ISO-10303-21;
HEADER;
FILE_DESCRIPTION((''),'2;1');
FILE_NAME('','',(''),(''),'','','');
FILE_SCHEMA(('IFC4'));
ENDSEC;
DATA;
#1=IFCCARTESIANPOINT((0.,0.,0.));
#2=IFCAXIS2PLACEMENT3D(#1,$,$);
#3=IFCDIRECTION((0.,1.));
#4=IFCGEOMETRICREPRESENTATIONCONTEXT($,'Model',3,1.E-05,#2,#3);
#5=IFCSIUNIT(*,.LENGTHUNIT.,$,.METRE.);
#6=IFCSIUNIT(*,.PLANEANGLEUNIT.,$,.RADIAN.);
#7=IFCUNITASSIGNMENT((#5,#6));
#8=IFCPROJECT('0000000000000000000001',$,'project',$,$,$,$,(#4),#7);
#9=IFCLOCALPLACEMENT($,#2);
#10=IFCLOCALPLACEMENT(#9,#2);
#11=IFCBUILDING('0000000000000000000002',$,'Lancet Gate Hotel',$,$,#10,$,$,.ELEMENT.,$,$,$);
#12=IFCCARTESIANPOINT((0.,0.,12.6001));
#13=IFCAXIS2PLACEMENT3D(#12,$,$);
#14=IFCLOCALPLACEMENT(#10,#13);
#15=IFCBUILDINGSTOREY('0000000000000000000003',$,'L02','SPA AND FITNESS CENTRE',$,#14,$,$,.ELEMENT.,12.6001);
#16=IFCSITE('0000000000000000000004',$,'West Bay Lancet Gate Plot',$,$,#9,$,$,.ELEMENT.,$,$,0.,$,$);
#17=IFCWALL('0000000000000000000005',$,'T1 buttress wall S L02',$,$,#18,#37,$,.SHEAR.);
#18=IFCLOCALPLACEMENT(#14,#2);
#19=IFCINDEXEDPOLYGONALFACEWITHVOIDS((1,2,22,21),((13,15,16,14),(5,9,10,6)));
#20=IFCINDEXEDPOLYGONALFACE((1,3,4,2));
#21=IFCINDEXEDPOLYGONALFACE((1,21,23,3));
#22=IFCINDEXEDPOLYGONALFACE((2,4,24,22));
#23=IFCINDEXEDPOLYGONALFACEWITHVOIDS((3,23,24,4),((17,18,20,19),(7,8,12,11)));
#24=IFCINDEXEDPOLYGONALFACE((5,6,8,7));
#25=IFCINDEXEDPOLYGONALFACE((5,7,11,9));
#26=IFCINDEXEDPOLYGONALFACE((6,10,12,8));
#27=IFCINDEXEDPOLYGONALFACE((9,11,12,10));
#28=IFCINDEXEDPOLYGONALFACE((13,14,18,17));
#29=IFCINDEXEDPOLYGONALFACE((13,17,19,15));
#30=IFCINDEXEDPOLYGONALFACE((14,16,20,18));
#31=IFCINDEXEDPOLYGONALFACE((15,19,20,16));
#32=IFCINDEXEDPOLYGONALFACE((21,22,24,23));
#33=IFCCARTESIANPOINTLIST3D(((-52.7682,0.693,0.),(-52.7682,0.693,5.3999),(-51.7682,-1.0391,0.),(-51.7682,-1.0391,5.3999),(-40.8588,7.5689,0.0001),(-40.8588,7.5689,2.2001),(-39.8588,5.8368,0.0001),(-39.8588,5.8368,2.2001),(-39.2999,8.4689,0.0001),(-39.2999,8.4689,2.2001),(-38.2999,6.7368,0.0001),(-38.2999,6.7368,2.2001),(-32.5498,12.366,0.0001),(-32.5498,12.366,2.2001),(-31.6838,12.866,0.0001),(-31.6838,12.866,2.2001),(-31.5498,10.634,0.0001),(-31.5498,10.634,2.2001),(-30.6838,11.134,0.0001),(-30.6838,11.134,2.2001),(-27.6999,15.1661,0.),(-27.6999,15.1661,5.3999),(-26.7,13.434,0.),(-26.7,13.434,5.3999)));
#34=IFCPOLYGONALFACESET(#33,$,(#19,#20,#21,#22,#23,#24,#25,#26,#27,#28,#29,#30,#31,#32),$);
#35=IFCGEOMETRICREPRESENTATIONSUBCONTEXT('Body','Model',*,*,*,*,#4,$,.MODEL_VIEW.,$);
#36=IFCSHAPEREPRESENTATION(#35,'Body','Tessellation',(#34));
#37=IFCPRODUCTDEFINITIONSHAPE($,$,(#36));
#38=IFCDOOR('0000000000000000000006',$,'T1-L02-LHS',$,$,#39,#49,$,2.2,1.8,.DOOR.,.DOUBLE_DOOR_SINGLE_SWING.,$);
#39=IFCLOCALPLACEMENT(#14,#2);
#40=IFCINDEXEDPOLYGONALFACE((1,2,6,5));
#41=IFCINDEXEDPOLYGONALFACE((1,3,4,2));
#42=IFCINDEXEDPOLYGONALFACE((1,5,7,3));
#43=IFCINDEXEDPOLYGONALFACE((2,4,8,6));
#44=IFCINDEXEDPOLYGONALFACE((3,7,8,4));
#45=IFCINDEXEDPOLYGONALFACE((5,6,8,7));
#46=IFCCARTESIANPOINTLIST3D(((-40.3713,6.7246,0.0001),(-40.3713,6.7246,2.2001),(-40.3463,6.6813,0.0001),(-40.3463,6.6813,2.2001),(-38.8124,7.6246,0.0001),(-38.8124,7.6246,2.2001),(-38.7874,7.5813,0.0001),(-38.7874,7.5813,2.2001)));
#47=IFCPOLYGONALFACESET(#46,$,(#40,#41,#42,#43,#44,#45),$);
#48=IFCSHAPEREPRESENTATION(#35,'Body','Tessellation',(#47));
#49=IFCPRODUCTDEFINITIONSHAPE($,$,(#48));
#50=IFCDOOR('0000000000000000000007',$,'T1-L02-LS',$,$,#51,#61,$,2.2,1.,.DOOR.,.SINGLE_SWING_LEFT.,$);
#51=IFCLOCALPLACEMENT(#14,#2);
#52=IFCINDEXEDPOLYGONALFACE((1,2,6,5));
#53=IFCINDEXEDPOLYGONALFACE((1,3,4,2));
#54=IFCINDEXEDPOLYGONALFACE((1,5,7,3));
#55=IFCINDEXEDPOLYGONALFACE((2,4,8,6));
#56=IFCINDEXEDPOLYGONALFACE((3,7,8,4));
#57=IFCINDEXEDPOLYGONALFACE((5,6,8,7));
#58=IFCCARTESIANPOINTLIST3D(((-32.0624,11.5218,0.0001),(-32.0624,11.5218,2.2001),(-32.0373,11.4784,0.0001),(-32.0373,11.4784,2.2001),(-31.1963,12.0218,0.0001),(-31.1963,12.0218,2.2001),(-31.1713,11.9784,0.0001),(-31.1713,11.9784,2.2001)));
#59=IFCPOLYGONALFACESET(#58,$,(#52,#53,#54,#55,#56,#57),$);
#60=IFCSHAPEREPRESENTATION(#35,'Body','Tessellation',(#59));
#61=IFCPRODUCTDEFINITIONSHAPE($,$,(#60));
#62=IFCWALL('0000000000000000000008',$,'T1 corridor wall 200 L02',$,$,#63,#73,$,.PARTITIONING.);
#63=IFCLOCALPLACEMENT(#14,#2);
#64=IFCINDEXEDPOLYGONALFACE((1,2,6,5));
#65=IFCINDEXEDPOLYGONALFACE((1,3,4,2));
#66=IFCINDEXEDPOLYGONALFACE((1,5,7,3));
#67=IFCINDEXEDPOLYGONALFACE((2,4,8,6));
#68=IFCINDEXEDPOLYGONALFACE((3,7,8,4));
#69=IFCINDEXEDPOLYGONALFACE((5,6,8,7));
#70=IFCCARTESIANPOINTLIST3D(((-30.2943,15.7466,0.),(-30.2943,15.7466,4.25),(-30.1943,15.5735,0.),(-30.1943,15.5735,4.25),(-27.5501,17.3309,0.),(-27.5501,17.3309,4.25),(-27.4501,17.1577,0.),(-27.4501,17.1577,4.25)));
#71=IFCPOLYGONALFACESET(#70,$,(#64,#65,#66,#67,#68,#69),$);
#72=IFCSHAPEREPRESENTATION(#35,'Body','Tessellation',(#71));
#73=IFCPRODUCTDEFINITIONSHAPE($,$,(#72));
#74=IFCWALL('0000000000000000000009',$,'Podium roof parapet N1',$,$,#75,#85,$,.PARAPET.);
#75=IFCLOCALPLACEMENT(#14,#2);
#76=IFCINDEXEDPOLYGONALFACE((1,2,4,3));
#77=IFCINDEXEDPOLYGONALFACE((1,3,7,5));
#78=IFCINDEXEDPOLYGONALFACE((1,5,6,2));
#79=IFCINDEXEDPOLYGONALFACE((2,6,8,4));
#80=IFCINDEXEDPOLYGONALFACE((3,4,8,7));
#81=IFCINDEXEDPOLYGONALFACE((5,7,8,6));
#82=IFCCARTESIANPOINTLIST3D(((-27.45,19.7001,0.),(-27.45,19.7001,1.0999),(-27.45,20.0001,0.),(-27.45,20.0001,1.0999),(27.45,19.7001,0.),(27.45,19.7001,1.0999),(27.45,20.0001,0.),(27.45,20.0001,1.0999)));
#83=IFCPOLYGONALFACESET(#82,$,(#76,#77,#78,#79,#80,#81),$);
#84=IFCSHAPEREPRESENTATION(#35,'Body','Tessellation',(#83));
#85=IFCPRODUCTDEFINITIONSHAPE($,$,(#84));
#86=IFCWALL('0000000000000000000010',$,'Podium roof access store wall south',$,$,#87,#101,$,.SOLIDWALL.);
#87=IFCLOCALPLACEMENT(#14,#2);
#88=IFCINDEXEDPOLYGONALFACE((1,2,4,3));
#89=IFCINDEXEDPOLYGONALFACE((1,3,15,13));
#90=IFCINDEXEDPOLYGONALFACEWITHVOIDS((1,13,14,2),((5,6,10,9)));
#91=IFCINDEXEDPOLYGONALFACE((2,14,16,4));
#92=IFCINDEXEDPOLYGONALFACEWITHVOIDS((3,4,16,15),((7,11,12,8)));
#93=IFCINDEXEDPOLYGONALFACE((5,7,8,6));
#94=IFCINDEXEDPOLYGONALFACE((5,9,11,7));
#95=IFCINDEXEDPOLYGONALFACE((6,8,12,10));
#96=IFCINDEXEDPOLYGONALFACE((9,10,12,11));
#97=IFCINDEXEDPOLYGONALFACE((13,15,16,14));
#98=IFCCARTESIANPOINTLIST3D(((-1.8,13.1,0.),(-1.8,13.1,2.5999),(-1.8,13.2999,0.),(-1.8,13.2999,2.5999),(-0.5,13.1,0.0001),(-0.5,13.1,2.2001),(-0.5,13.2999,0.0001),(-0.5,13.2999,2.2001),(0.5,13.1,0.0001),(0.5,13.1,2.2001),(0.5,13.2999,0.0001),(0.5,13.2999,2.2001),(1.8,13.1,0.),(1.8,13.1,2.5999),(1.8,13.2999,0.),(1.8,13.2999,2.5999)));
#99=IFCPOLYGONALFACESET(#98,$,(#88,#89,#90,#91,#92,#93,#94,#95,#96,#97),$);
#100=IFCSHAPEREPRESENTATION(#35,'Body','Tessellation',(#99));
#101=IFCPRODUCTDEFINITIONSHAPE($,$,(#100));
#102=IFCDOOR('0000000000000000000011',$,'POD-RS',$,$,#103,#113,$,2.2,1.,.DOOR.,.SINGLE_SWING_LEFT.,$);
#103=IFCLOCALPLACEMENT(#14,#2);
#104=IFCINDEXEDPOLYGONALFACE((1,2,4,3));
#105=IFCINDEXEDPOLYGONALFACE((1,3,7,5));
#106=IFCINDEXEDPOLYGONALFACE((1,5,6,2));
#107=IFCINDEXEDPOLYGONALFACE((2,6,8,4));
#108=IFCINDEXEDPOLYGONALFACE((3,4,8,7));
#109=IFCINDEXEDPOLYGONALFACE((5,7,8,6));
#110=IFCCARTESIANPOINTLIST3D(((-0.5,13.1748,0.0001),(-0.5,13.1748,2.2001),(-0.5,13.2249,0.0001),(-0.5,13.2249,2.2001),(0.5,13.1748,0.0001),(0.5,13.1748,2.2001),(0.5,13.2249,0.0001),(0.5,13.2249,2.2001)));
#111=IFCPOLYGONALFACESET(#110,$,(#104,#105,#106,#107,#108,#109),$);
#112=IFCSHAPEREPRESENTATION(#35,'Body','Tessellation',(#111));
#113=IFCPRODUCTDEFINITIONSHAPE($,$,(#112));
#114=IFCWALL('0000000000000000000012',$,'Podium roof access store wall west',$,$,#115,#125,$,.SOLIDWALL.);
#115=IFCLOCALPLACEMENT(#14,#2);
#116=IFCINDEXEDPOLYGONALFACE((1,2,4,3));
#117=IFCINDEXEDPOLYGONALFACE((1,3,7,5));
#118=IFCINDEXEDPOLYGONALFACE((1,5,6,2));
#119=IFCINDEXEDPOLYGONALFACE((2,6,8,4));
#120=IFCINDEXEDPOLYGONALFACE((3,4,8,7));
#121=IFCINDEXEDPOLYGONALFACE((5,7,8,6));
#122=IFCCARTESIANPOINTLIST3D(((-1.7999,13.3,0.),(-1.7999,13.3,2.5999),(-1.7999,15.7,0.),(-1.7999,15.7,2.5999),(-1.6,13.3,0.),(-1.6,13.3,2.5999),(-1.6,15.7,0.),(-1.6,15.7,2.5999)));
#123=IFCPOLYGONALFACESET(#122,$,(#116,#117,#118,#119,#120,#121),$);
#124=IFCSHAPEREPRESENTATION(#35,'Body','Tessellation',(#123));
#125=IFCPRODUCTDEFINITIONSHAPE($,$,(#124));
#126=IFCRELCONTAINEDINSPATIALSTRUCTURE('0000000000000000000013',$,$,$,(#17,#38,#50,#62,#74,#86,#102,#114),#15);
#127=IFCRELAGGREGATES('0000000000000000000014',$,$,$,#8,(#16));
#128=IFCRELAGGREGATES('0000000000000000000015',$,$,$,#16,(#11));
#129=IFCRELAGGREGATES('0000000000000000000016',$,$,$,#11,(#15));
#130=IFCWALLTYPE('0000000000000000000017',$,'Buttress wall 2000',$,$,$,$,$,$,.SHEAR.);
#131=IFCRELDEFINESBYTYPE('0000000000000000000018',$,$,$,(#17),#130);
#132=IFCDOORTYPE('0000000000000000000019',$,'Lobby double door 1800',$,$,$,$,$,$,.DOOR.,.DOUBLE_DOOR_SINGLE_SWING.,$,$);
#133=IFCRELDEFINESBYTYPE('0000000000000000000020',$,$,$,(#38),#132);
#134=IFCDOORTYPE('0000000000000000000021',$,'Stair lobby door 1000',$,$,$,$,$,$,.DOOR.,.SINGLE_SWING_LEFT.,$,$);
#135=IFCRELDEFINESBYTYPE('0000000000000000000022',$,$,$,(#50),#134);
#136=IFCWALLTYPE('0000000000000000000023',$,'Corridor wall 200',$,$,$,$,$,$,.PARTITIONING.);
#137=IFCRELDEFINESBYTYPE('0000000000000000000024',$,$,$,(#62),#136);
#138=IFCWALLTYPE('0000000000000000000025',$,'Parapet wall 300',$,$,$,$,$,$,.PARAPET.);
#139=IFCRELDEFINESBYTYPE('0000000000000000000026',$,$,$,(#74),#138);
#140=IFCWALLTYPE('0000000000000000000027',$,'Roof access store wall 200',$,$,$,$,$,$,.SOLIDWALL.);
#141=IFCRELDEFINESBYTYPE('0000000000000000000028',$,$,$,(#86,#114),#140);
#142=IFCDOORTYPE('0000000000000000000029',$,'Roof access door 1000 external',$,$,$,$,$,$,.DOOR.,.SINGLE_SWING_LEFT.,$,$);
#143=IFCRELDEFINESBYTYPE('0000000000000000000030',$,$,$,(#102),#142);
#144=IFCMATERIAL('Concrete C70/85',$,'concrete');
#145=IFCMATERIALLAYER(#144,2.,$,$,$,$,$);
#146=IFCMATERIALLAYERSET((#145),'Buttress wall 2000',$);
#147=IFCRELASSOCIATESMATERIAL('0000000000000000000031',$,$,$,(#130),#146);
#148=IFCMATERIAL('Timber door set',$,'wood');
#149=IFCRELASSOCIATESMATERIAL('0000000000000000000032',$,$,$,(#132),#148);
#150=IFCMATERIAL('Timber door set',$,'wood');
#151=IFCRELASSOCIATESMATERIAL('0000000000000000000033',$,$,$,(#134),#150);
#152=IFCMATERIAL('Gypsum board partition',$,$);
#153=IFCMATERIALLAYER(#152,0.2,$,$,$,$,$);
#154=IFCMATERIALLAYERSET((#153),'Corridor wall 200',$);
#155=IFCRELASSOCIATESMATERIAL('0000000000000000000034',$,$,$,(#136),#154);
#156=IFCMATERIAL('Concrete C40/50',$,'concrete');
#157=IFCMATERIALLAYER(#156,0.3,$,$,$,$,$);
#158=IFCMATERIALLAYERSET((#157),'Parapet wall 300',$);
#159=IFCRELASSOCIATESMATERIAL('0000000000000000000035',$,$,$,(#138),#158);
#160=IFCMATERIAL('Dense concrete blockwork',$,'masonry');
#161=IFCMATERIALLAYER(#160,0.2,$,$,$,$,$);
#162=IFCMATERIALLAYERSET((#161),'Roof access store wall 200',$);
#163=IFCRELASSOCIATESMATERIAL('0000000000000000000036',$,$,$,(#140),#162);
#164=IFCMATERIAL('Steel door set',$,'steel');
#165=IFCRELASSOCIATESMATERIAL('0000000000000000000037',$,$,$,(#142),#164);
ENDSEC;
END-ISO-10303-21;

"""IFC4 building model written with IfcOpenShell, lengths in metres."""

from ifc_helpers import new_model, si_unit, direction, frame, frame_2d, origin, place, context, subcontext, project, spatial, rectangle, extrude, material, layer, layer_set, type_object, element, fill, save


model = new_model("IFC4")

# Units and contexts
model_context = context("Model", 3, precision=1e-05, world=origin(), true_north=direction((0.0, 1.0)))
body_context = subcontext(model_context, "Body", "Model", "MODEL_VIEW")
ifc_project = project(units=[si_unit("LENGTHUNIT", "METRE"), si_unit("PLANEANGLEUNIT", "RADIAN")], contexts=[model_context])

# Site, building, storey
site_placement = place(None, origin())
site = spatial("IfcSite", under=ifc_project, at=site_placement, Name="West Bay Lancet Gate Plot", CompositionType="ELEMENT", RefElevation=0.0)
building_placement = place(site_placement, origin())
building = spatial("IfcBuilding", under=site, at=building_placement, Name="Lancet Gate Hotel", CompositionType="ELEMENT")
storey_placement = place(building_placement, frame((0.0, 0.0, 12.6001)))
storey = spatial("IfcBuildingStorey", under=building, at=storey_placement, Name="L02", Description="SPA AND FITNESS CENTRE", CompositionType="ELEMENT", Elevation=12.6001)

# Wall, openings, doors
ifc_material_1 = material(Name="Concrete C70/85", Category="concrete")
ifc_layer_1 = layer(ifc_material_1, 2.0)
ifc_layer_set_1 = layer_set([ifc_layer_1], Name="Buttress wall 2000")
wall_type_1 = type_object("IfcWallType", Name="Buttress wall 2000", PredefinedType="SHEAR", material=ifc_layer_set_1)
wall_1_placement = place(storey_placement, frame((-27.2, 14.3, 0.0), z_axis=(0.0, 0.0, 1.0), x_axis=(-0.866027, -0.499998, 0.0)))
wall_1 = element("IfcWall", 1, at=wall_1_placement, inside=storey, type_object=wall_type_1, Name="T1 buttress wall S L02", PredefinedType="SHEAR", context=body_context, shape_type="SweptSolid", body=[
    extrude(rectangle(XDim=28.9463, YDim=2.0, at=frame_2d((14.4731, 0.0))), origin(), (0.0, 0.0, 1.0), 5.3999),
])
opening_1_placement = place(wall_1_placement, frame((4.6001, 0.0, 0.0)))
opening_1 = element("IfcOpeningElement", 2, at=opening_1_placement, cuts=wall_1, PredefinedType="OPENING", context=body_context, shape_type="SweptSolid", body=[
    extrude(rectangle(XDim=1.0, YDim=2.2, at=frame_2d((0.5, 1.1001))), frame((0.0, 1.01, 0.0), z_axis=(0.0, -1.0, 0.0), x_axis=(1.0, 0.0, 0.0)), (0.0, 0.0, 1.0), 2.02),
])
opening_2_placement = place(wall_1_placement, frame((13.3945, 0.0, 0.0)))
opening_2 = element("IfcOpeningElement", 3, at=opening_2_placement, cuts=wall_1, PredefinedType="OPENING", context=body_context, shape_type="SweptSolid", body=[
    extrude(rectangle(XDim=1.8, YDim=2.2, at=frame_2d((0.8999, 1.1001))), frame((0.0, 1.01, 0.0), z_axis=(0.0, -1.0, 0.0), x_axis=(1.0, 0.0, 0.0)), (0.0, 0.0, 1.0), 2.02),
])
ifc_material_2 = material(Name="Timber door set", Category="wood")
door_type_1 = type_object("IfcDoorType", Name="Lobby double door 1800", OperationType="DOUBLE_DOOR_SINGLE_SWING", PredefinedType="DOOR", material=ifc_material_2)
door_1_placement = place(opening_2_placement, origin())
door_1 = element("IfcDoor", 4, at=door_1_placement, inside=storey, type_object=door_type_1, Name="T1-L02-LHS", OperationType="DOUBLE_DOOR_SINGLE_SWING", OverallHeight=2.2, OverallWidth=1.8, PredefinedType="DOOR", context=body_context, shape_type="SweptSolid", body=[
    extrude(rectangle(XDim=1.8, YDim=2.2, at=frame_2d((0.8999, 1.1001))), frame((0.0, 0.0249, 0.0), z_axis=(0.0, -1.0, 0.0), x_axis=(1.0, 0.0, 0.0)), (0.0, 0.0, 1.0), 0.05),
])
fill(opening_2, door_1)
ifc_material_3 = material(Name="Timber door set", Category="wood")
door_type_2 = type_object("IfcDoorType", Name="Stair lobby door 1000", OperationType="SINGLE_SWING_LEFT", PredefinedType="DOOR", material=ifc_material_3)
door_2_placement = place(opening_1_placement, origin())
door_2 = element("IfcDoor", 5, at=door_2_placement, inside=storey, type_object=door_type_2, Name="T1-L02-LS", OperationType="SINGLE_SWING_LEFT", OverallHeight=2.2, OverallWidth=1.0, PredefinedType="DOOR", context=body_context, shape_type="SweptSolid", body=[
    extrude(rectangle(XDim=1.0, YDim=2.2, at=frame_2d((0.5, 1.1001))), frame((0.0, 0.0249, 0.0), z_axis=(0.0, -1.0, 0.0), x_axis=(1.0, 0.0, 0.0)), (0.0, 0.0, 1.0), 0.05),
])
fill(opening_1, door_2)

# Walls
ifc_material_4 = material(Name="Gypsum board partition")
ifc_layer_2 = layer(ifc_material_4, 0.2)
ifc_layer_set_2 = layer_set([ifc_layer_2], Name="Corridor wall 200")
wall_type_2 = type_object("IfcWallType", Name="Corridor wall 200", PredefinedType="PARTITIONING", material=ifc_layer_set_2)
wall_2_placement = place(storey_placement, frame((-27.5, 17.2444, 0.0), z_axis=(0.0, 0.0, 1.0), x_axis=(-0.866039, -0.499976, 0.0)))
element("IfcWall", 6, at=wall_2_placement, inside=storey, type_object=wall_type_2, Name="T1 corridor wall 200 L02", PredefinedType="PARTITIONING", context=body_context, shape_type="SweptSolid", body=[
    extrude(rectangle(XDim=3.1687, YDim=0.2, at=frame_2d((1.5845, 0.0))), origin(), (0.0, 0.0, 1.0), 4.25),
])
ifc_material_5 = material(Name="Concrete C40/50", Category="concrete")
ifc_layer_3 = layer(ifc_material_5, 0.3)
ifc_layer_set_3 = layer_set([ifc_layer_3], Name="Parapet wall 300")
wall_type_3 = type_object("IfcWallType", Name="Parapet wall 300", PredefinedType="PARAPET", material=ifc_layer_set_3)
wall_3_placement = place(storey_placement, frame((-27.45, 19.8501, 0.0), z_axis=(0.0, 0.0, 1.0), x_axis=(1.0, 0.0, 0.0)))
element("IfcWall", 7, at=wall_3_placement, inside=storey, type_object=wall_type_3, Name="Podium roof parapet N1", PredefinedType="PARAPET", context=body_context, shape_type="SweptSolid", body=[
    extrude(rectangle(XDim=54.8999, YDim=0.3, at=frame_2d((27.45, 0.0))), origin(), (0.0, 0.0, 1.0), 1.0999),
])

# Wall, opening, door
ifc_material_6 = material(Name="Dense concrete blockwork", Category="masonry")
ifc_layer_4 = layer(ifc_material_6, 0.2)
ifc_layer_set_4 = layer_set([ifc_layer_4], Name="Roof access store wall 200")
wall_type_4 = type_object("IfcWallType", Name="Roof access store wall 200", PredefinedType="SOLIDWALL", material=ifc_layer_set_4)
wall_4_placement = place(storey_placement, frame((-1.8, 13.2, 0.0), z_axis=(0.0, 0.0, 1.0), x_axis=(1.0, 0.0, 0.0)))
wall_4 = element("IfcWall", 8, at=wall_4_placement, inside=storey, type_object=wall_type_4, Name="Podium roof access store wall south", PredefinedType="SOLIDWALL", context=body_context, shape_type="SweptSolid", body=[
    extrude(rectangle(XDim=3.6001, YDim=0.2, at=frame_2d((1.8, 0.0))), origin(), (0.0, 0.0, 1.0), 2.5999),
])
opening_3_placement = place(wall_4_placement, frame((1.3, 0.0, 0.0)))
opening_3 = element("IfcOpeningElement", 9, at=opening_3_placement, cuts=wall_4, PredefinedType="OPENING", context=body_context, shape_type="SweptSolid", body=[
    extrude(rectangle(XDim=1.0, YDim=2.2, at=frame_2d((0.5, 1.1001))), frame((0.0, 0.1099, 0.0), z_axis=(0.0, -1.0, 0.0), x_axis=(1.0, 0.0, 0.0)), (0.0, 0.0, 1.0), 0.22),
])
ifc_material_7 = material(Name="Steel door set", Category="steel")
door_type_3 = type_object("IfcDoorType", Name="Roof access door 1000 external", OperationType="SINGLE_SWING_LEFT", PredefinedType="DOOR", material=ifc_material_7)
door_3_placement = place(opening_3_placement, origin())
door_3 = element("IfcDoor", 10, at=door_3_placement, inside=storey, type_object=door_type_3, Name="POD-RS", OperationType="SINGLE_SWING_LEFT", OverallHeight=2.2, OverallWidth=1.0, PredefinedType="DOOR", context=body_context, shape_type="SweptSolid", body=[
    extrude(rectangle(XDim=1.0, YDim=2.2, at=frame_2d((0.5, 1.1001))), frame((0.0, 0.0249, 0.0), z_axis=(0.0, -1.0, 0.0), x_axis=(1.0, 0.0, 0.0)), (0.0, 0.0, 1.0), 0.05),
])
fill(opening_3, door_3)

# Wall
wall_5_placement = place(storey_placement, frame((-1.7, 15.7, 0.0), z_axis=(0.0, 0.0, 1.0), x_axis=(0.0, -1.0, 0.0)))
element("IfcWall", 11, at=wall_5_placement, inside=storey, type_object=wall_type_4, Name="Podium roof access store wall west", PredefinedType="SOLIDWALL", context=body_context, shape_type="SweptSolid", body=[
    extrude(rectangle(XDim=2.3999, YDim=0.2, at=frame_2d((1.2, 0.0))), origin(), (0.0, 0.0, 1.0), 2.5999),
])

save(model, "model.ifc")
